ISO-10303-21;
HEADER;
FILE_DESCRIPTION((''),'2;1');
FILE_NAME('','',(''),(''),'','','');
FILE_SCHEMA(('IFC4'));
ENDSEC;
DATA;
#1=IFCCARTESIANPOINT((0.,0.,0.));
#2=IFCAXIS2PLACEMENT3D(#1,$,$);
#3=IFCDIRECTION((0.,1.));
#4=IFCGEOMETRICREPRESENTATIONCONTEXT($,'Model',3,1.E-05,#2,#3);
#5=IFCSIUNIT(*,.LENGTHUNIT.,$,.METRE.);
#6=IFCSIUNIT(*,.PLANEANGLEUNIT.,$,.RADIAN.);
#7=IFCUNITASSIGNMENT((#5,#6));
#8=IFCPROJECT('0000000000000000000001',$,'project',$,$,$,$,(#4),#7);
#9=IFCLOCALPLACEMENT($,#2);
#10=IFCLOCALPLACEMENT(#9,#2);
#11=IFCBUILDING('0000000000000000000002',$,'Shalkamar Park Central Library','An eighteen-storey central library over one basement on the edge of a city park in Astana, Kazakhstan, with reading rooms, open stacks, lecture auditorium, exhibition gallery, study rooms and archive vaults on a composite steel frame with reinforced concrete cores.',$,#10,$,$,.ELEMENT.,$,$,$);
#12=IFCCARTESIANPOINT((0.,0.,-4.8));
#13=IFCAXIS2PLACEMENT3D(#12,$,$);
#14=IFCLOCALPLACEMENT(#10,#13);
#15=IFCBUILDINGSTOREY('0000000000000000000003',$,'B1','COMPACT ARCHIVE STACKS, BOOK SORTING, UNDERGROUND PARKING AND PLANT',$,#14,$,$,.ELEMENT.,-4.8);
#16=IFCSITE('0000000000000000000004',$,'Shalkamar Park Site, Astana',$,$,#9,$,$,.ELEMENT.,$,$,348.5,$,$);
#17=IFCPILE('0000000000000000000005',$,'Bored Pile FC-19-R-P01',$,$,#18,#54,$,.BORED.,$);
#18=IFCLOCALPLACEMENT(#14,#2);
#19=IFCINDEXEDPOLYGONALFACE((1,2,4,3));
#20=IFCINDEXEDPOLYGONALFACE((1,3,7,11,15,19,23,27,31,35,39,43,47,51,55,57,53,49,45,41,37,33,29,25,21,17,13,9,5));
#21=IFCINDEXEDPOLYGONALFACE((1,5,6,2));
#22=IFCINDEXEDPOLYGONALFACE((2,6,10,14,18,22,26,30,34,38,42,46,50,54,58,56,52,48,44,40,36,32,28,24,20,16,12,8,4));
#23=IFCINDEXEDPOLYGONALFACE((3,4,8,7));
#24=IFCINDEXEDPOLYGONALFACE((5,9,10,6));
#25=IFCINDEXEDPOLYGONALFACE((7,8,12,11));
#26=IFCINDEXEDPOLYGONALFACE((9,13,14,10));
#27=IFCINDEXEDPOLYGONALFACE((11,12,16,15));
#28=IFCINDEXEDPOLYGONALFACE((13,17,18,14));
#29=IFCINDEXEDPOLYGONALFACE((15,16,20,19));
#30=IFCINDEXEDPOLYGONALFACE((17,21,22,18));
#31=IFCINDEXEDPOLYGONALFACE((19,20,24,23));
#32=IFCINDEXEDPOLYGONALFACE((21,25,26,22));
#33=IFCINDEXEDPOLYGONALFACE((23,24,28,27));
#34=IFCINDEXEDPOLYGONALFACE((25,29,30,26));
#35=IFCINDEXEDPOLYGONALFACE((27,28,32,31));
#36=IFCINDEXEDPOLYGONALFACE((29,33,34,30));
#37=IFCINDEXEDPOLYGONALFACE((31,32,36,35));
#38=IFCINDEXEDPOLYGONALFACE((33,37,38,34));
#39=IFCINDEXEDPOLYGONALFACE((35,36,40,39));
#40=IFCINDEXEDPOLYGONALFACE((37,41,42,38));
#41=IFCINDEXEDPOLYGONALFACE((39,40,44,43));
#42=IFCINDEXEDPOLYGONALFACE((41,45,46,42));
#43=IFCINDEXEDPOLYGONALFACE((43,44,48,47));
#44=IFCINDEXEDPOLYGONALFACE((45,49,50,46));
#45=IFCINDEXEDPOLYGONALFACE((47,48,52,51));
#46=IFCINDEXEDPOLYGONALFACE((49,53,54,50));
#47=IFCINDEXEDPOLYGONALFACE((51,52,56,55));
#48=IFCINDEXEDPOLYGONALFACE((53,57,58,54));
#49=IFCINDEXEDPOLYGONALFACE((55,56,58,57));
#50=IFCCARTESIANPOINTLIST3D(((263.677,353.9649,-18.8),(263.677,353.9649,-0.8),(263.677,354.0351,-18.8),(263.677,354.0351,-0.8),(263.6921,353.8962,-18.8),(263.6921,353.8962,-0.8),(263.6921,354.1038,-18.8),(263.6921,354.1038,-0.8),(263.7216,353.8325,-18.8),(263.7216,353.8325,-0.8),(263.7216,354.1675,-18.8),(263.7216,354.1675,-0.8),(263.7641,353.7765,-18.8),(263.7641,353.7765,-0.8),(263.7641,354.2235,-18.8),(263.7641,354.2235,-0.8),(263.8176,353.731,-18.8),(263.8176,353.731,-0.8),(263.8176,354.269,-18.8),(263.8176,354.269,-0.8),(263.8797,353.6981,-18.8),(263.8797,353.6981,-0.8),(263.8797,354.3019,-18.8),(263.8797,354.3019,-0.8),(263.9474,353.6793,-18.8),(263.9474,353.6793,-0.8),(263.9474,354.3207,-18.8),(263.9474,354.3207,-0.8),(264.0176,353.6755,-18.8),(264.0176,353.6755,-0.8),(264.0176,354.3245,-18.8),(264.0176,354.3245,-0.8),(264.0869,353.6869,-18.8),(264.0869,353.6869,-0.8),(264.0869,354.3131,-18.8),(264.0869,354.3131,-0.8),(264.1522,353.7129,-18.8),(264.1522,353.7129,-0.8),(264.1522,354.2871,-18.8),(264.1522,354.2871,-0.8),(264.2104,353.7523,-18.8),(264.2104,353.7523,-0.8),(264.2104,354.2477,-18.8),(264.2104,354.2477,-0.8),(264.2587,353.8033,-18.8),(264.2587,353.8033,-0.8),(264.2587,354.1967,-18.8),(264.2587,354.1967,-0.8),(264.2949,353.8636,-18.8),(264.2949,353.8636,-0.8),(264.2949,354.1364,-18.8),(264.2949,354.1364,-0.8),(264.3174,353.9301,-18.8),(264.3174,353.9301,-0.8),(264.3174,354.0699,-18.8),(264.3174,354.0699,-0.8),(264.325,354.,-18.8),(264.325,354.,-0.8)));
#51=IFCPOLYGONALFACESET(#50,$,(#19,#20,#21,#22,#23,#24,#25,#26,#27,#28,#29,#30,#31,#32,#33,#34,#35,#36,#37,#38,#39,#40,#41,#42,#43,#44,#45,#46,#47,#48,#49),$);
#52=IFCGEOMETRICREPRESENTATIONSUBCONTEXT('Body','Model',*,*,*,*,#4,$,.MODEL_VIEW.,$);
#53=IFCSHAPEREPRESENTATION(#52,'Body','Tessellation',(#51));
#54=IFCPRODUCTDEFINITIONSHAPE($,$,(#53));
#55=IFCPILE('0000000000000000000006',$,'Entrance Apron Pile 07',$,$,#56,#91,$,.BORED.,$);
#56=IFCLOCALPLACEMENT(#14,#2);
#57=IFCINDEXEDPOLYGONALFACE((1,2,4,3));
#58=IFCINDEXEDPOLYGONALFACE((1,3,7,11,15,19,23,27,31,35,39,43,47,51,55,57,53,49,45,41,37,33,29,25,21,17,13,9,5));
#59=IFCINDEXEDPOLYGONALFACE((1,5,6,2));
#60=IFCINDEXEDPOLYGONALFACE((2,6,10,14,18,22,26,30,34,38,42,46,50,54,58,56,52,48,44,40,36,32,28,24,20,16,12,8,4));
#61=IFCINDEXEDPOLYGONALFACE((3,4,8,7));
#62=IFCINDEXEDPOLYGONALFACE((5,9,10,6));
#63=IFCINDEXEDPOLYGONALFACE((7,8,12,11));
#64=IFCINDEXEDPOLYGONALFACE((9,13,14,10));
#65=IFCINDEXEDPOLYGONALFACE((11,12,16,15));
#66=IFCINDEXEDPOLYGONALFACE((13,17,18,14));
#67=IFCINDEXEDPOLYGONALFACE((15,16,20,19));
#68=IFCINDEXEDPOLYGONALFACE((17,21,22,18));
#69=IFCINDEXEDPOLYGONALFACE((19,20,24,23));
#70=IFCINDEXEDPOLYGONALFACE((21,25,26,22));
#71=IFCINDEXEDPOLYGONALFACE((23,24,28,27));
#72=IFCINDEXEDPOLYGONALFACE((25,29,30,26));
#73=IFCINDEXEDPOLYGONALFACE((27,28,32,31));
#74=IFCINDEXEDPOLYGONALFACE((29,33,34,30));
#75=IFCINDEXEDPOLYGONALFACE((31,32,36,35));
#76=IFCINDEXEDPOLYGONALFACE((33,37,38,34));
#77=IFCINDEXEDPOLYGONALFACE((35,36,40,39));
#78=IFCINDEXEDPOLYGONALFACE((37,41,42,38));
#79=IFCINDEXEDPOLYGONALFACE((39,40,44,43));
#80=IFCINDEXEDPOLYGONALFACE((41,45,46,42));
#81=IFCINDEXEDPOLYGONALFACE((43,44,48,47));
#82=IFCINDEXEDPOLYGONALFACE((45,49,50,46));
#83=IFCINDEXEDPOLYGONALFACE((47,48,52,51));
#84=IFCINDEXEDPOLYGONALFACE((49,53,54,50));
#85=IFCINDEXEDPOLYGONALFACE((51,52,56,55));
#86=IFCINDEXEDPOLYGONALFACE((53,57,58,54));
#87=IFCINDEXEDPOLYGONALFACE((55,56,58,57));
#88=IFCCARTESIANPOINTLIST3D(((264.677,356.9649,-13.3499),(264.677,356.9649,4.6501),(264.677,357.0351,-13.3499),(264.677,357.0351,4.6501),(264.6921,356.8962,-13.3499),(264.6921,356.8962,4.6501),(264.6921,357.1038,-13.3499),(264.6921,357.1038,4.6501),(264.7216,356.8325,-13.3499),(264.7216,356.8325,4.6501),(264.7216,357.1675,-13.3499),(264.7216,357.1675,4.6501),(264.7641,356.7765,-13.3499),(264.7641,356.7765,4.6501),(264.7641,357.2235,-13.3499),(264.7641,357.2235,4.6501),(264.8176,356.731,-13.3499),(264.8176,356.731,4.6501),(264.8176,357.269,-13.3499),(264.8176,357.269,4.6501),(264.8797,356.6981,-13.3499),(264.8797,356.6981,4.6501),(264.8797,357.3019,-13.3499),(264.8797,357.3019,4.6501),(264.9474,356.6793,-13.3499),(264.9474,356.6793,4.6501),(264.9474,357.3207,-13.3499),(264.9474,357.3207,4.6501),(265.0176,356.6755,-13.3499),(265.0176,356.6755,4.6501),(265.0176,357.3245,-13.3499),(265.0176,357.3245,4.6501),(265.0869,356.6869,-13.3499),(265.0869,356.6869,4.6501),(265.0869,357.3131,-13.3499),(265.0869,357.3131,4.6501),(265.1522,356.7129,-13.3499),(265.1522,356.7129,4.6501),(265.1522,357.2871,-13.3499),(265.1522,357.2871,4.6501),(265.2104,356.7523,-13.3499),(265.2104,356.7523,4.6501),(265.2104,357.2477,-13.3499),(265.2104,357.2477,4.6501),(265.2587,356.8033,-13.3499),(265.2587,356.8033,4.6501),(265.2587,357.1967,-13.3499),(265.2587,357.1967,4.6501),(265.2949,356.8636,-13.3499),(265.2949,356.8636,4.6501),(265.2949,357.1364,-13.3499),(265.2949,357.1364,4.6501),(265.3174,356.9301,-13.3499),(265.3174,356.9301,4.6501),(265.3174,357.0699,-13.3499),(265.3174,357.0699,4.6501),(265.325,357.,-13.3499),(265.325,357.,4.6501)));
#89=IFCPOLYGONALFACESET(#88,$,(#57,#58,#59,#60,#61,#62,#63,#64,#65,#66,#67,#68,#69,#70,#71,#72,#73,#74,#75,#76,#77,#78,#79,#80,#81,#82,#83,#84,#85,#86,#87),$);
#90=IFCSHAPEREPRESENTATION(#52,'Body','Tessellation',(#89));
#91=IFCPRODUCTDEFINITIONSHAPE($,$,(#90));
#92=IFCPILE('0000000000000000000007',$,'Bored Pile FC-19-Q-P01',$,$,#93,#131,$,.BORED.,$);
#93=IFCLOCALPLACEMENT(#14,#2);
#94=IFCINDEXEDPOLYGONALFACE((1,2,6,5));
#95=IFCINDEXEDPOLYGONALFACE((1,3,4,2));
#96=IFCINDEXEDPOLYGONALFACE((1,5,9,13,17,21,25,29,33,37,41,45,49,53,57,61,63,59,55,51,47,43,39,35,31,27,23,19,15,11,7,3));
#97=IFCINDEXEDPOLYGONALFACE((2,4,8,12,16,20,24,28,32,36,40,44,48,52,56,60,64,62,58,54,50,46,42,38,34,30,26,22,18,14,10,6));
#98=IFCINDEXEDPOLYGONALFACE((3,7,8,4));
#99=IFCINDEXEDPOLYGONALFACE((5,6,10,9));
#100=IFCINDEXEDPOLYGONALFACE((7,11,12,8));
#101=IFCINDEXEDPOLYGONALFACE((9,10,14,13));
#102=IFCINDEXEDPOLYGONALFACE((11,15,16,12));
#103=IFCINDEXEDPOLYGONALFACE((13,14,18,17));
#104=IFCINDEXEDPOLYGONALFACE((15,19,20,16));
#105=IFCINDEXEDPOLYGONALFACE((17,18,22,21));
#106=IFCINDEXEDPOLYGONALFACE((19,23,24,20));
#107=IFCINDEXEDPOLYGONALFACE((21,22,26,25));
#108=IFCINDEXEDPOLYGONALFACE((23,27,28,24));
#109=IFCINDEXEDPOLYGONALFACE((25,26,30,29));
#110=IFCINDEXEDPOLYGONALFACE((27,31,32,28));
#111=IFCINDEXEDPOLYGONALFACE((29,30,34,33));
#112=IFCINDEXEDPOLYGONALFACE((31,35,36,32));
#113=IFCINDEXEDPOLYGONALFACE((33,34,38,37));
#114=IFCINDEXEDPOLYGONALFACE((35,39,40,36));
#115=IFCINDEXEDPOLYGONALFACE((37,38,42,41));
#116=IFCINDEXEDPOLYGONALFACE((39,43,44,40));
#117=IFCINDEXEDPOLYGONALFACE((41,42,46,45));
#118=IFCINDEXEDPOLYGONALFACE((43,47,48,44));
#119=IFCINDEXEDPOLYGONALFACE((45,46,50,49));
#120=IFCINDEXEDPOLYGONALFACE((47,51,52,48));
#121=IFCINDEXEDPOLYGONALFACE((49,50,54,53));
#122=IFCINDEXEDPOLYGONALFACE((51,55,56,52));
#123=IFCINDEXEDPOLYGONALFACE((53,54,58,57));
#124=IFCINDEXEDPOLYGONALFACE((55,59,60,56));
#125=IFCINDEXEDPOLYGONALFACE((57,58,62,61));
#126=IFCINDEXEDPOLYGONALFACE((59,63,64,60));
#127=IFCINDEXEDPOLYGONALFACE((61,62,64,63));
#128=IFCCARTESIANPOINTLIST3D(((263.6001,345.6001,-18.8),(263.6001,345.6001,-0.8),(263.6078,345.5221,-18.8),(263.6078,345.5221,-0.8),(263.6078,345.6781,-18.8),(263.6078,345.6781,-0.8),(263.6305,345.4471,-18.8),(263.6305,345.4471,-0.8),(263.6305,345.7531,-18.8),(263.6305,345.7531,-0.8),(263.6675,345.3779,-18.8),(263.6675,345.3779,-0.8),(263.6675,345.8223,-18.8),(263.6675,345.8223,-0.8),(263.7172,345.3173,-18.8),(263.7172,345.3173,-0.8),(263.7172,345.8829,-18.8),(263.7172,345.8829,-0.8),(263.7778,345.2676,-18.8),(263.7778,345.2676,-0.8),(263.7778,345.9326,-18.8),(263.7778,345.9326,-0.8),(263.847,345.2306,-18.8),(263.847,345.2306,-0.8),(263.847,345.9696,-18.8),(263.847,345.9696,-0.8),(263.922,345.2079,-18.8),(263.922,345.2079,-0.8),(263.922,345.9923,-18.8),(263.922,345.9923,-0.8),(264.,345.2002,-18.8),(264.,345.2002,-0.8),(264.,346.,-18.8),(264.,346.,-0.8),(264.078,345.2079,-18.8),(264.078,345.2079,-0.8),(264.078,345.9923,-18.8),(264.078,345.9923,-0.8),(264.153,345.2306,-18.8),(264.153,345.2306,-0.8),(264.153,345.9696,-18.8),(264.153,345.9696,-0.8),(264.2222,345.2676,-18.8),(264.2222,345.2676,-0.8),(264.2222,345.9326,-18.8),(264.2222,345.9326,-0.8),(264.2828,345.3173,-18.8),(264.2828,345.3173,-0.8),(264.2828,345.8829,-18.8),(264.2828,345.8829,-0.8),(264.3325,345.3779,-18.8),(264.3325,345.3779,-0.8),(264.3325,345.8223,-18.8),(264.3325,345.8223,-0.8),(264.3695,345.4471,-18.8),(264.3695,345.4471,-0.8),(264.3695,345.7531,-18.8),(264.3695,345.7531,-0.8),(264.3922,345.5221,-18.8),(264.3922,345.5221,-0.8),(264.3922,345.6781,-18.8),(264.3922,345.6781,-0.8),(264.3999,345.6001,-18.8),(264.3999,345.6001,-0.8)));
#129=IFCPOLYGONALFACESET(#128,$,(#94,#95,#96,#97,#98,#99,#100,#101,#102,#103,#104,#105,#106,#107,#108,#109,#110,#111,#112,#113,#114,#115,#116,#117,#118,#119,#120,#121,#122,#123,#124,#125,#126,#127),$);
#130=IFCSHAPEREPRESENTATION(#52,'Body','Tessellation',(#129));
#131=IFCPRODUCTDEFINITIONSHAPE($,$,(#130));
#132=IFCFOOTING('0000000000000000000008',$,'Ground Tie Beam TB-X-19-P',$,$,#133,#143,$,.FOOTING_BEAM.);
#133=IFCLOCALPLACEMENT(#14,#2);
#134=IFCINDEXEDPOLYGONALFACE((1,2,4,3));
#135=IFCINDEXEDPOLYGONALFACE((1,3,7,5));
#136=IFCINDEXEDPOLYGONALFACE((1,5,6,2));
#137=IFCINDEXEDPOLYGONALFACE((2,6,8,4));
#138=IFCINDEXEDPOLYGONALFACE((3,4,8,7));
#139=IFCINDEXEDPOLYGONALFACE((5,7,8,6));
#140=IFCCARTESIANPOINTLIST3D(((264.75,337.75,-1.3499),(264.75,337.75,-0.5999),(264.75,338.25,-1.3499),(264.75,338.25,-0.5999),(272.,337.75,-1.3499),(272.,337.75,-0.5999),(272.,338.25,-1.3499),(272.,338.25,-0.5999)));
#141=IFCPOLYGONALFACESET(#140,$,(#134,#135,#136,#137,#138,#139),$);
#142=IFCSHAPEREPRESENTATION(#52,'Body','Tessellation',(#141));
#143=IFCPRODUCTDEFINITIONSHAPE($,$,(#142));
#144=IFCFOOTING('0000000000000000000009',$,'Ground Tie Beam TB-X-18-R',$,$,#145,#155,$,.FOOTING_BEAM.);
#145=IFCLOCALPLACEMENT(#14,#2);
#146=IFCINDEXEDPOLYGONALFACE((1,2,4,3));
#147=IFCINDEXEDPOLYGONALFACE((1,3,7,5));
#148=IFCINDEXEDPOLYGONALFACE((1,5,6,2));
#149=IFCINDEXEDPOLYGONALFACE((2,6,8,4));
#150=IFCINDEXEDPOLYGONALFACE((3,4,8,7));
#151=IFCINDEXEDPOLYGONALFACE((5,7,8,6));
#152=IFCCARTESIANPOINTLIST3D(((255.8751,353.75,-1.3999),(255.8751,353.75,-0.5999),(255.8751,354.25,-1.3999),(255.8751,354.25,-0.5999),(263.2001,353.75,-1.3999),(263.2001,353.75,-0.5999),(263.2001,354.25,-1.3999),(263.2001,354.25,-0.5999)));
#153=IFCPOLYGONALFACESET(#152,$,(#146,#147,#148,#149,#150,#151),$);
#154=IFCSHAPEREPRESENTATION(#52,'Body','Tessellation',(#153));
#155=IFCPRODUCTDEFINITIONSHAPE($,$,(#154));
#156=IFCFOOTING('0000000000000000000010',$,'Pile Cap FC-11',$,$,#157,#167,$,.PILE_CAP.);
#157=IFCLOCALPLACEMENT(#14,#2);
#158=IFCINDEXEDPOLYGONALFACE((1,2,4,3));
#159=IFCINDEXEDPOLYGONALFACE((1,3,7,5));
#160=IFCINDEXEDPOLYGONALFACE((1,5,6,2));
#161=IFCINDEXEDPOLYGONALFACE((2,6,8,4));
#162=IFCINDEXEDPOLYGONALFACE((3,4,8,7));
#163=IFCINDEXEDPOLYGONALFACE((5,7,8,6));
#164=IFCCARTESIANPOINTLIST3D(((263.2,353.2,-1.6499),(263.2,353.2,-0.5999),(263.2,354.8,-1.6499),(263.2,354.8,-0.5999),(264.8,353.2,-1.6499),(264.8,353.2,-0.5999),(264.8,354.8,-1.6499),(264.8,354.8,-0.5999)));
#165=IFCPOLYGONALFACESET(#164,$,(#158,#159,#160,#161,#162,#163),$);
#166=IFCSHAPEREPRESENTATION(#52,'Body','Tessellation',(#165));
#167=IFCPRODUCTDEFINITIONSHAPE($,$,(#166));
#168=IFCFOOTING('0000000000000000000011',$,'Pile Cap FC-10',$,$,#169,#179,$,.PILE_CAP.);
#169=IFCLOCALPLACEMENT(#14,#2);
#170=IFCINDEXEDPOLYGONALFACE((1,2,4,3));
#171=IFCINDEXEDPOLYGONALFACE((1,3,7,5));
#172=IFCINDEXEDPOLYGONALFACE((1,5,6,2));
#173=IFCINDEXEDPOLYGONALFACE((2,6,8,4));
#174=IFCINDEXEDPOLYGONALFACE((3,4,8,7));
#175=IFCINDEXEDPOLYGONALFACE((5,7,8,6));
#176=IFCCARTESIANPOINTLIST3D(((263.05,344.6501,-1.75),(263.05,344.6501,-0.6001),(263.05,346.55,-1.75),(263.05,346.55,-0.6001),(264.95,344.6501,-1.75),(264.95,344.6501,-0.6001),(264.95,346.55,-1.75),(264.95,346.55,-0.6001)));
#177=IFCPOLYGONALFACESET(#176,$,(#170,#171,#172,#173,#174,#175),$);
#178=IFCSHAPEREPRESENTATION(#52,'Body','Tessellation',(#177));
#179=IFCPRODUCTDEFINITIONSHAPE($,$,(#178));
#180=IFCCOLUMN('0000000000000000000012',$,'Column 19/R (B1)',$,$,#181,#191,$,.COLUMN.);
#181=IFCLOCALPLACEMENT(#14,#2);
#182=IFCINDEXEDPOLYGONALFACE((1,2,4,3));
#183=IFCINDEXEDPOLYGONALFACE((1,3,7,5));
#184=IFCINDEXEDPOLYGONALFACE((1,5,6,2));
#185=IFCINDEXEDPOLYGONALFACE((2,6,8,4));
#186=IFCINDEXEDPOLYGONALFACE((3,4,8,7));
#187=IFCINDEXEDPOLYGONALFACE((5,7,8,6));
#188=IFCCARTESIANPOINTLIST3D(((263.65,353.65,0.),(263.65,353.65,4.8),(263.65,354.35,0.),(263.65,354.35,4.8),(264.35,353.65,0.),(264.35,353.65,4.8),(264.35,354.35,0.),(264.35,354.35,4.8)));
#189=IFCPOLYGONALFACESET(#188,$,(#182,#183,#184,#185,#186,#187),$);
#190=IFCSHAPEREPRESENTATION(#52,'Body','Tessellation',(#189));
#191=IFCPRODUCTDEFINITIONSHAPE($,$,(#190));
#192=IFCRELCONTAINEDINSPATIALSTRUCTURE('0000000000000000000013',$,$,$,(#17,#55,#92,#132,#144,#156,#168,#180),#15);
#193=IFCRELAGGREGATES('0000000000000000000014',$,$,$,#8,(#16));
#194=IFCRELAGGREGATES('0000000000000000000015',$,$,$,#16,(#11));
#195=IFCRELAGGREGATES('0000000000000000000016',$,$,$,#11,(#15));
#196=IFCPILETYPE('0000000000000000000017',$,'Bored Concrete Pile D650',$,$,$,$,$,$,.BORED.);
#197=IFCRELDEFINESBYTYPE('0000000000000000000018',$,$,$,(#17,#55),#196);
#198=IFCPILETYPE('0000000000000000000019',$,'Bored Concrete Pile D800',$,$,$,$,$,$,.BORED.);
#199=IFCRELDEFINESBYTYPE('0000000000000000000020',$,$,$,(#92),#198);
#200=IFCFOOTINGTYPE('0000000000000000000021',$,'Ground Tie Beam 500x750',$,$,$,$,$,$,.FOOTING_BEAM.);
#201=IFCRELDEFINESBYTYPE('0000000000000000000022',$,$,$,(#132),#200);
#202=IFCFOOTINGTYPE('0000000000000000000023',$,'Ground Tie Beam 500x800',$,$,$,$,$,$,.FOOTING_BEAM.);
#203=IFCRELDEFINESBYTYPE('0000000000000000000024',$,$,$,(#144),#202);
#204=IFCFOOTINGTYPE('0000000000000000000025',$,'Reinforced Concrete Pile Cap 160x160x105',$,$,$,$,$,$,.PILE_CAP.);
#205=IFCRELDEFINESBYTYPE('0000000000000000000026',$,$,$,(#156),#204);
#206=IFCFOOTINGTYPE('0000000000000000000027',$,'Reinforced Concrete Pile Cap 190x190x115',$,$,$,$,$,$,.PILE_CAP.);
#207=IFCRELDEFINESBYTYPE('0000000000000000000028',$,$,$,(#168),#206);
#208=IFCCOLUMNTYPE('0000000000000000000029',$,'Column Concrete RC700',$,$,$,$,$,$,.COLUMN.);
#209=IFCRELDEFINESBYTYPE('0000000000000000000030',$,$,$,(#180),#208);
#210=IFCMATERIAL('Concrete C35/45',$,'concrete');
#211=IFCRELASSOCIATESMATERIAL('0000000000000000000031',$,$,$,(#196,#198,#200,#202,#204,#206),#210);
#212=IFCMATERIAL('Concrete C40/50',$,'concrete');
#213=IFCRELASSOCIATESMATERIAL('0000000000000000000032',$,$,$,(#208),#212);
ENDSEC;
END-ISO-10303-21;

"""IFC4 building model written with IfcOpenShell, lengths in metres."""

from ifc_helpers import new_model, si_unit, direction, frame, origin, origin_2d, place, context, subcontext, project, spatial, rectangle, circle, extrude, material, material_profile, profile_set, type_object, element, save


model = new_model("IFC4")

# Units and contexts
model_context = context("Model", 3, precision=1e-05, world=origin(), true_north=direction((0.0, 1.0)))
body_context = subcontext(model_context, "Body", "Model", "MODEL_VIEW")
ifc_project = project(units=[si_unit("LENGTHUNIT", "METRE"), si_unit("PLANEANGLEUNIT", "RADIAN")], contexts=[model_context])

# Site, building, storey
site_placement = place(None, origin())
site = spatial("IfcSite", under=ifc_project, at=site_placement, Name="Shalkamar Park Site, Astana", CompositionType="ELEMENT", RefElevation=348.5)
building_placement = place(site_placement, origin())
building = spatial("IfcBuilding", under=site, at=building_placement, Name="Shalkamar Park Central Library", Description="An eighteen-storey central library over one basement on the edge of a city park in Astana, Kazakhstan, with reading rooms, open stacks, lecture auditorium, exhibition gallery, study rooms and archive vaults on a composite steel frame with reinforced concrete cores.", CompositionType="ELEMENT")
storey_placement = place(building_placement, frame((0.0, 0.0, -4.8)))
storey = spatial("IfcBuildingStorey", under=building, at=storey_placement, Name="B1", Description="COMPACT ARCHIVE STACKS, BOOK SORTING, UNDERGROUND PARKING AND PLANT", CompositionType="ELEMENT", Elevation=-4.8)

# Piles
ifc_material_1 = material(Name="Concrete C35/45", Category="concrete")
ifc_material_profile_1 = material_profile(ifc_material_1, circle(Radius=0.325, at=origin_2d()), Name="PILE D650")
ifc_profile_set_1 = profile_set([ifc_material_profile_1], Name="Concrete C35/45")
pile_type_1 = type_object("IfcPileType", Name="Bored Concrete Pile D650", PredefinedType="BORED", material=ifc_profile_set_1)
for number, where, z_axis, x_axis, name in (
    (1, (264.0, 354.0, -0.8), (0.0, 0.0, -1.0), (1.0, 0.0, 0.0), "Bored Pile FC-19-R-P01"),
    (2, (265.0, 357.0, 4.6501), (0.0, 0.0, -1.0), (1.0, 0.0, 0.0), "Entrance Apron Pile 07"),
):
    element("IfcPile", number, at=place(storey_placement, frame(where, z_axis=z_axis, x_axis=x_axis)), inside=storey, type_object=pile_type_1, Name=name, PredefinedType="BORED", context=body_context, shape_type="SweptSolid", body=[
        extrude(circle(Radius=0.325, at=origin_2d()), origin(), (0.0, 0.0, 1.0), 18.0),
    ])
ifc_material_profile_2 = material_profile(ifc_material_1, circle(Radius=0.3999, at=origin_2d()), Name="PILE D800")
ifc_profile_set_2 = profile_set([ifc_material_profile_2], Name="Concrete C35/45")
pile_type_2 = type_object("IfcPileType", Name="Bored Concrete Pile D800", PredefinedType="BORED", material=ifc_profile_set_2)
pile_placement = place(storey_placement, frame((264.0, 345.6001, -0.8), z_axis=(0.0, 0.0, -1.0), x_axis=(1.0, 0.0, 0.0)))
element("IfcPile", 3, at=pile_placement, inside=storey, type_object=pile_type_2, Name="Bored Pile FC-19-Q-P01", PredefinedType="BORED", context=body_context, shape_type="SweptSolid", body=[
    extrude(circle(Radius=0.3999, at=origin_2d()), origin(), (0.0, 0.0, 1.0), 18.0),
])

# Footings
footing_type_1 = type_object("IfcFootingType", Name="Ground Tie Beam 500x750", PredefinedType="FOOTING_BEAM", material=ifc_material_1)
footing_1_placement = place(storey_placement, frame((268.375, 338.0, -1.3499), z_axis=(0.0, 0.0, 1.0), x_axis=(1.0, 0.0, 0.0)))
element("IfcFooting", 4, at=footing_1_placement, inside=storey, type_object=footing_type_1, Name="Ground Tie Beam TB-X-19-P", PredefinedType="FOOTING_BEAM", context=body_context, shape_type="SweptSolid", body=[
    extrude(rectangle(XDim=7.25, YDim=0.5, at=origin_2d()), origin(), (0.0, 0.0, 1.0), 0.75),
])
footing_type_2 = type_object("IfcFootingType", Name="Ground Tie Beam 500x800", PredefinedType="FOOTING_BEAM", material=ifc_material_1)
footing_2_placement = place(storey_placement, frame((259.5376, 354.0, -1.3999), z_axis=(0.0, 0.0, 1.0), x_axis=(1.0, 0.0, 0.0)))
element("IfcFooting", 5, at=footing_2_placement, inside=storey, type_object=footing_type_2, Name="Ground Tie Beam TB-X-18-R", PredefinedType="FOOTING_BEAM", context=body_context, shape_type="SweptSolid", body=[
    extrude(rectangle(XDim=7.325, YDim=0.5, at=origin_2d()), origin(), (0.0, 0.0, 1.0), 0.8),
])
footing_type_3 = type_object("IfcFootingType", Name="Reinforced Concrete Pile Cap 160x160x105", PredefinedType="PILE_CAP", material=ifc_material_1)
footing_3_placement = place(storey_placement, frame((264.0, 354.0, -1.6499), z_axis=(0.0, 0.0, 1.0), x_axis=(1.0, 0.0, 0.0)))
element("IfcFooting", 6, at=footing_3_placement, inside=storey, type_object=footing_type_3, Name="Pile Cap FC-11", PredefinedType="PILE_CAP", context=body_context, shape_type="SweptSolid", body=[
    extrude(rectangle(XDim=1.6001, YDim=1.6001, at=origin_2d()), origin(), (0.0, 0.0, 1.0), 1.05),
])
footing_type_4 = type_object("IfcFootingType", Name="Reinforced Concrete Pile Cap 190x190x115", PredefinedType="PILE_CAP", material=ifc_material_1)
footing_4_placement = place(storey_placement, frame((264.0, 345.6001, -1.75), z_axis=(0.0, 0.0, 1.0), x_axis=(1.0, 0.0, 0.0)))
element("IfcFooting", 7, at=footing_4_placement, inside=storey, type_object=footing_type_4, Name="Pile Cap FC-10", PredefinedType="PILE_CAP", context=body_context, shape_type="SweptSolid", body=[
    extrude(rectangle(XDim=1.8999, YDim=1.8999, at=origin_2d()), origin(), (0.0, 0.0, 1.0), 1.1499),
])

# Column
ifc_material_2 = material(Name="Concrete C40/50", Category="concrete")
ifc_material_profile_3 = material_profile(ifc_material_2, rectangle(XDim=0.7, YDim=0.7, at=origin_2d()), Name="RC 700x700")
ifc_profile_set_3 = profile_set([ifc_material_profile_3], Name="Concrete C40/50")
column_type_1 = type_object("IfcColumnType", Name="Column Concrete RC700", PredefinedType="COLUMN", material=ifc_profile_set_3)
column_placement = place(storey_placement, frame((264.0, 354.0, 0.0), z_axis=(0.0, 0.0, 1.0), x_axis=(1.0, 0.0, 0.0)))
element("IfcColumn", 8, at=column_placement, inside=storey, type_object=column_type_1, Name="Column 19/R (B1)", PredefinedType="COLUMN", context=body_context, shape_type="SweptSolid", body=[
    extrude(rectangle(XDim=0.7, YDim=0.7, at=origin_2d()), origin(), (0.0, 0.0, 1.0), 4.8),
])

save(model, "model.ifc")
